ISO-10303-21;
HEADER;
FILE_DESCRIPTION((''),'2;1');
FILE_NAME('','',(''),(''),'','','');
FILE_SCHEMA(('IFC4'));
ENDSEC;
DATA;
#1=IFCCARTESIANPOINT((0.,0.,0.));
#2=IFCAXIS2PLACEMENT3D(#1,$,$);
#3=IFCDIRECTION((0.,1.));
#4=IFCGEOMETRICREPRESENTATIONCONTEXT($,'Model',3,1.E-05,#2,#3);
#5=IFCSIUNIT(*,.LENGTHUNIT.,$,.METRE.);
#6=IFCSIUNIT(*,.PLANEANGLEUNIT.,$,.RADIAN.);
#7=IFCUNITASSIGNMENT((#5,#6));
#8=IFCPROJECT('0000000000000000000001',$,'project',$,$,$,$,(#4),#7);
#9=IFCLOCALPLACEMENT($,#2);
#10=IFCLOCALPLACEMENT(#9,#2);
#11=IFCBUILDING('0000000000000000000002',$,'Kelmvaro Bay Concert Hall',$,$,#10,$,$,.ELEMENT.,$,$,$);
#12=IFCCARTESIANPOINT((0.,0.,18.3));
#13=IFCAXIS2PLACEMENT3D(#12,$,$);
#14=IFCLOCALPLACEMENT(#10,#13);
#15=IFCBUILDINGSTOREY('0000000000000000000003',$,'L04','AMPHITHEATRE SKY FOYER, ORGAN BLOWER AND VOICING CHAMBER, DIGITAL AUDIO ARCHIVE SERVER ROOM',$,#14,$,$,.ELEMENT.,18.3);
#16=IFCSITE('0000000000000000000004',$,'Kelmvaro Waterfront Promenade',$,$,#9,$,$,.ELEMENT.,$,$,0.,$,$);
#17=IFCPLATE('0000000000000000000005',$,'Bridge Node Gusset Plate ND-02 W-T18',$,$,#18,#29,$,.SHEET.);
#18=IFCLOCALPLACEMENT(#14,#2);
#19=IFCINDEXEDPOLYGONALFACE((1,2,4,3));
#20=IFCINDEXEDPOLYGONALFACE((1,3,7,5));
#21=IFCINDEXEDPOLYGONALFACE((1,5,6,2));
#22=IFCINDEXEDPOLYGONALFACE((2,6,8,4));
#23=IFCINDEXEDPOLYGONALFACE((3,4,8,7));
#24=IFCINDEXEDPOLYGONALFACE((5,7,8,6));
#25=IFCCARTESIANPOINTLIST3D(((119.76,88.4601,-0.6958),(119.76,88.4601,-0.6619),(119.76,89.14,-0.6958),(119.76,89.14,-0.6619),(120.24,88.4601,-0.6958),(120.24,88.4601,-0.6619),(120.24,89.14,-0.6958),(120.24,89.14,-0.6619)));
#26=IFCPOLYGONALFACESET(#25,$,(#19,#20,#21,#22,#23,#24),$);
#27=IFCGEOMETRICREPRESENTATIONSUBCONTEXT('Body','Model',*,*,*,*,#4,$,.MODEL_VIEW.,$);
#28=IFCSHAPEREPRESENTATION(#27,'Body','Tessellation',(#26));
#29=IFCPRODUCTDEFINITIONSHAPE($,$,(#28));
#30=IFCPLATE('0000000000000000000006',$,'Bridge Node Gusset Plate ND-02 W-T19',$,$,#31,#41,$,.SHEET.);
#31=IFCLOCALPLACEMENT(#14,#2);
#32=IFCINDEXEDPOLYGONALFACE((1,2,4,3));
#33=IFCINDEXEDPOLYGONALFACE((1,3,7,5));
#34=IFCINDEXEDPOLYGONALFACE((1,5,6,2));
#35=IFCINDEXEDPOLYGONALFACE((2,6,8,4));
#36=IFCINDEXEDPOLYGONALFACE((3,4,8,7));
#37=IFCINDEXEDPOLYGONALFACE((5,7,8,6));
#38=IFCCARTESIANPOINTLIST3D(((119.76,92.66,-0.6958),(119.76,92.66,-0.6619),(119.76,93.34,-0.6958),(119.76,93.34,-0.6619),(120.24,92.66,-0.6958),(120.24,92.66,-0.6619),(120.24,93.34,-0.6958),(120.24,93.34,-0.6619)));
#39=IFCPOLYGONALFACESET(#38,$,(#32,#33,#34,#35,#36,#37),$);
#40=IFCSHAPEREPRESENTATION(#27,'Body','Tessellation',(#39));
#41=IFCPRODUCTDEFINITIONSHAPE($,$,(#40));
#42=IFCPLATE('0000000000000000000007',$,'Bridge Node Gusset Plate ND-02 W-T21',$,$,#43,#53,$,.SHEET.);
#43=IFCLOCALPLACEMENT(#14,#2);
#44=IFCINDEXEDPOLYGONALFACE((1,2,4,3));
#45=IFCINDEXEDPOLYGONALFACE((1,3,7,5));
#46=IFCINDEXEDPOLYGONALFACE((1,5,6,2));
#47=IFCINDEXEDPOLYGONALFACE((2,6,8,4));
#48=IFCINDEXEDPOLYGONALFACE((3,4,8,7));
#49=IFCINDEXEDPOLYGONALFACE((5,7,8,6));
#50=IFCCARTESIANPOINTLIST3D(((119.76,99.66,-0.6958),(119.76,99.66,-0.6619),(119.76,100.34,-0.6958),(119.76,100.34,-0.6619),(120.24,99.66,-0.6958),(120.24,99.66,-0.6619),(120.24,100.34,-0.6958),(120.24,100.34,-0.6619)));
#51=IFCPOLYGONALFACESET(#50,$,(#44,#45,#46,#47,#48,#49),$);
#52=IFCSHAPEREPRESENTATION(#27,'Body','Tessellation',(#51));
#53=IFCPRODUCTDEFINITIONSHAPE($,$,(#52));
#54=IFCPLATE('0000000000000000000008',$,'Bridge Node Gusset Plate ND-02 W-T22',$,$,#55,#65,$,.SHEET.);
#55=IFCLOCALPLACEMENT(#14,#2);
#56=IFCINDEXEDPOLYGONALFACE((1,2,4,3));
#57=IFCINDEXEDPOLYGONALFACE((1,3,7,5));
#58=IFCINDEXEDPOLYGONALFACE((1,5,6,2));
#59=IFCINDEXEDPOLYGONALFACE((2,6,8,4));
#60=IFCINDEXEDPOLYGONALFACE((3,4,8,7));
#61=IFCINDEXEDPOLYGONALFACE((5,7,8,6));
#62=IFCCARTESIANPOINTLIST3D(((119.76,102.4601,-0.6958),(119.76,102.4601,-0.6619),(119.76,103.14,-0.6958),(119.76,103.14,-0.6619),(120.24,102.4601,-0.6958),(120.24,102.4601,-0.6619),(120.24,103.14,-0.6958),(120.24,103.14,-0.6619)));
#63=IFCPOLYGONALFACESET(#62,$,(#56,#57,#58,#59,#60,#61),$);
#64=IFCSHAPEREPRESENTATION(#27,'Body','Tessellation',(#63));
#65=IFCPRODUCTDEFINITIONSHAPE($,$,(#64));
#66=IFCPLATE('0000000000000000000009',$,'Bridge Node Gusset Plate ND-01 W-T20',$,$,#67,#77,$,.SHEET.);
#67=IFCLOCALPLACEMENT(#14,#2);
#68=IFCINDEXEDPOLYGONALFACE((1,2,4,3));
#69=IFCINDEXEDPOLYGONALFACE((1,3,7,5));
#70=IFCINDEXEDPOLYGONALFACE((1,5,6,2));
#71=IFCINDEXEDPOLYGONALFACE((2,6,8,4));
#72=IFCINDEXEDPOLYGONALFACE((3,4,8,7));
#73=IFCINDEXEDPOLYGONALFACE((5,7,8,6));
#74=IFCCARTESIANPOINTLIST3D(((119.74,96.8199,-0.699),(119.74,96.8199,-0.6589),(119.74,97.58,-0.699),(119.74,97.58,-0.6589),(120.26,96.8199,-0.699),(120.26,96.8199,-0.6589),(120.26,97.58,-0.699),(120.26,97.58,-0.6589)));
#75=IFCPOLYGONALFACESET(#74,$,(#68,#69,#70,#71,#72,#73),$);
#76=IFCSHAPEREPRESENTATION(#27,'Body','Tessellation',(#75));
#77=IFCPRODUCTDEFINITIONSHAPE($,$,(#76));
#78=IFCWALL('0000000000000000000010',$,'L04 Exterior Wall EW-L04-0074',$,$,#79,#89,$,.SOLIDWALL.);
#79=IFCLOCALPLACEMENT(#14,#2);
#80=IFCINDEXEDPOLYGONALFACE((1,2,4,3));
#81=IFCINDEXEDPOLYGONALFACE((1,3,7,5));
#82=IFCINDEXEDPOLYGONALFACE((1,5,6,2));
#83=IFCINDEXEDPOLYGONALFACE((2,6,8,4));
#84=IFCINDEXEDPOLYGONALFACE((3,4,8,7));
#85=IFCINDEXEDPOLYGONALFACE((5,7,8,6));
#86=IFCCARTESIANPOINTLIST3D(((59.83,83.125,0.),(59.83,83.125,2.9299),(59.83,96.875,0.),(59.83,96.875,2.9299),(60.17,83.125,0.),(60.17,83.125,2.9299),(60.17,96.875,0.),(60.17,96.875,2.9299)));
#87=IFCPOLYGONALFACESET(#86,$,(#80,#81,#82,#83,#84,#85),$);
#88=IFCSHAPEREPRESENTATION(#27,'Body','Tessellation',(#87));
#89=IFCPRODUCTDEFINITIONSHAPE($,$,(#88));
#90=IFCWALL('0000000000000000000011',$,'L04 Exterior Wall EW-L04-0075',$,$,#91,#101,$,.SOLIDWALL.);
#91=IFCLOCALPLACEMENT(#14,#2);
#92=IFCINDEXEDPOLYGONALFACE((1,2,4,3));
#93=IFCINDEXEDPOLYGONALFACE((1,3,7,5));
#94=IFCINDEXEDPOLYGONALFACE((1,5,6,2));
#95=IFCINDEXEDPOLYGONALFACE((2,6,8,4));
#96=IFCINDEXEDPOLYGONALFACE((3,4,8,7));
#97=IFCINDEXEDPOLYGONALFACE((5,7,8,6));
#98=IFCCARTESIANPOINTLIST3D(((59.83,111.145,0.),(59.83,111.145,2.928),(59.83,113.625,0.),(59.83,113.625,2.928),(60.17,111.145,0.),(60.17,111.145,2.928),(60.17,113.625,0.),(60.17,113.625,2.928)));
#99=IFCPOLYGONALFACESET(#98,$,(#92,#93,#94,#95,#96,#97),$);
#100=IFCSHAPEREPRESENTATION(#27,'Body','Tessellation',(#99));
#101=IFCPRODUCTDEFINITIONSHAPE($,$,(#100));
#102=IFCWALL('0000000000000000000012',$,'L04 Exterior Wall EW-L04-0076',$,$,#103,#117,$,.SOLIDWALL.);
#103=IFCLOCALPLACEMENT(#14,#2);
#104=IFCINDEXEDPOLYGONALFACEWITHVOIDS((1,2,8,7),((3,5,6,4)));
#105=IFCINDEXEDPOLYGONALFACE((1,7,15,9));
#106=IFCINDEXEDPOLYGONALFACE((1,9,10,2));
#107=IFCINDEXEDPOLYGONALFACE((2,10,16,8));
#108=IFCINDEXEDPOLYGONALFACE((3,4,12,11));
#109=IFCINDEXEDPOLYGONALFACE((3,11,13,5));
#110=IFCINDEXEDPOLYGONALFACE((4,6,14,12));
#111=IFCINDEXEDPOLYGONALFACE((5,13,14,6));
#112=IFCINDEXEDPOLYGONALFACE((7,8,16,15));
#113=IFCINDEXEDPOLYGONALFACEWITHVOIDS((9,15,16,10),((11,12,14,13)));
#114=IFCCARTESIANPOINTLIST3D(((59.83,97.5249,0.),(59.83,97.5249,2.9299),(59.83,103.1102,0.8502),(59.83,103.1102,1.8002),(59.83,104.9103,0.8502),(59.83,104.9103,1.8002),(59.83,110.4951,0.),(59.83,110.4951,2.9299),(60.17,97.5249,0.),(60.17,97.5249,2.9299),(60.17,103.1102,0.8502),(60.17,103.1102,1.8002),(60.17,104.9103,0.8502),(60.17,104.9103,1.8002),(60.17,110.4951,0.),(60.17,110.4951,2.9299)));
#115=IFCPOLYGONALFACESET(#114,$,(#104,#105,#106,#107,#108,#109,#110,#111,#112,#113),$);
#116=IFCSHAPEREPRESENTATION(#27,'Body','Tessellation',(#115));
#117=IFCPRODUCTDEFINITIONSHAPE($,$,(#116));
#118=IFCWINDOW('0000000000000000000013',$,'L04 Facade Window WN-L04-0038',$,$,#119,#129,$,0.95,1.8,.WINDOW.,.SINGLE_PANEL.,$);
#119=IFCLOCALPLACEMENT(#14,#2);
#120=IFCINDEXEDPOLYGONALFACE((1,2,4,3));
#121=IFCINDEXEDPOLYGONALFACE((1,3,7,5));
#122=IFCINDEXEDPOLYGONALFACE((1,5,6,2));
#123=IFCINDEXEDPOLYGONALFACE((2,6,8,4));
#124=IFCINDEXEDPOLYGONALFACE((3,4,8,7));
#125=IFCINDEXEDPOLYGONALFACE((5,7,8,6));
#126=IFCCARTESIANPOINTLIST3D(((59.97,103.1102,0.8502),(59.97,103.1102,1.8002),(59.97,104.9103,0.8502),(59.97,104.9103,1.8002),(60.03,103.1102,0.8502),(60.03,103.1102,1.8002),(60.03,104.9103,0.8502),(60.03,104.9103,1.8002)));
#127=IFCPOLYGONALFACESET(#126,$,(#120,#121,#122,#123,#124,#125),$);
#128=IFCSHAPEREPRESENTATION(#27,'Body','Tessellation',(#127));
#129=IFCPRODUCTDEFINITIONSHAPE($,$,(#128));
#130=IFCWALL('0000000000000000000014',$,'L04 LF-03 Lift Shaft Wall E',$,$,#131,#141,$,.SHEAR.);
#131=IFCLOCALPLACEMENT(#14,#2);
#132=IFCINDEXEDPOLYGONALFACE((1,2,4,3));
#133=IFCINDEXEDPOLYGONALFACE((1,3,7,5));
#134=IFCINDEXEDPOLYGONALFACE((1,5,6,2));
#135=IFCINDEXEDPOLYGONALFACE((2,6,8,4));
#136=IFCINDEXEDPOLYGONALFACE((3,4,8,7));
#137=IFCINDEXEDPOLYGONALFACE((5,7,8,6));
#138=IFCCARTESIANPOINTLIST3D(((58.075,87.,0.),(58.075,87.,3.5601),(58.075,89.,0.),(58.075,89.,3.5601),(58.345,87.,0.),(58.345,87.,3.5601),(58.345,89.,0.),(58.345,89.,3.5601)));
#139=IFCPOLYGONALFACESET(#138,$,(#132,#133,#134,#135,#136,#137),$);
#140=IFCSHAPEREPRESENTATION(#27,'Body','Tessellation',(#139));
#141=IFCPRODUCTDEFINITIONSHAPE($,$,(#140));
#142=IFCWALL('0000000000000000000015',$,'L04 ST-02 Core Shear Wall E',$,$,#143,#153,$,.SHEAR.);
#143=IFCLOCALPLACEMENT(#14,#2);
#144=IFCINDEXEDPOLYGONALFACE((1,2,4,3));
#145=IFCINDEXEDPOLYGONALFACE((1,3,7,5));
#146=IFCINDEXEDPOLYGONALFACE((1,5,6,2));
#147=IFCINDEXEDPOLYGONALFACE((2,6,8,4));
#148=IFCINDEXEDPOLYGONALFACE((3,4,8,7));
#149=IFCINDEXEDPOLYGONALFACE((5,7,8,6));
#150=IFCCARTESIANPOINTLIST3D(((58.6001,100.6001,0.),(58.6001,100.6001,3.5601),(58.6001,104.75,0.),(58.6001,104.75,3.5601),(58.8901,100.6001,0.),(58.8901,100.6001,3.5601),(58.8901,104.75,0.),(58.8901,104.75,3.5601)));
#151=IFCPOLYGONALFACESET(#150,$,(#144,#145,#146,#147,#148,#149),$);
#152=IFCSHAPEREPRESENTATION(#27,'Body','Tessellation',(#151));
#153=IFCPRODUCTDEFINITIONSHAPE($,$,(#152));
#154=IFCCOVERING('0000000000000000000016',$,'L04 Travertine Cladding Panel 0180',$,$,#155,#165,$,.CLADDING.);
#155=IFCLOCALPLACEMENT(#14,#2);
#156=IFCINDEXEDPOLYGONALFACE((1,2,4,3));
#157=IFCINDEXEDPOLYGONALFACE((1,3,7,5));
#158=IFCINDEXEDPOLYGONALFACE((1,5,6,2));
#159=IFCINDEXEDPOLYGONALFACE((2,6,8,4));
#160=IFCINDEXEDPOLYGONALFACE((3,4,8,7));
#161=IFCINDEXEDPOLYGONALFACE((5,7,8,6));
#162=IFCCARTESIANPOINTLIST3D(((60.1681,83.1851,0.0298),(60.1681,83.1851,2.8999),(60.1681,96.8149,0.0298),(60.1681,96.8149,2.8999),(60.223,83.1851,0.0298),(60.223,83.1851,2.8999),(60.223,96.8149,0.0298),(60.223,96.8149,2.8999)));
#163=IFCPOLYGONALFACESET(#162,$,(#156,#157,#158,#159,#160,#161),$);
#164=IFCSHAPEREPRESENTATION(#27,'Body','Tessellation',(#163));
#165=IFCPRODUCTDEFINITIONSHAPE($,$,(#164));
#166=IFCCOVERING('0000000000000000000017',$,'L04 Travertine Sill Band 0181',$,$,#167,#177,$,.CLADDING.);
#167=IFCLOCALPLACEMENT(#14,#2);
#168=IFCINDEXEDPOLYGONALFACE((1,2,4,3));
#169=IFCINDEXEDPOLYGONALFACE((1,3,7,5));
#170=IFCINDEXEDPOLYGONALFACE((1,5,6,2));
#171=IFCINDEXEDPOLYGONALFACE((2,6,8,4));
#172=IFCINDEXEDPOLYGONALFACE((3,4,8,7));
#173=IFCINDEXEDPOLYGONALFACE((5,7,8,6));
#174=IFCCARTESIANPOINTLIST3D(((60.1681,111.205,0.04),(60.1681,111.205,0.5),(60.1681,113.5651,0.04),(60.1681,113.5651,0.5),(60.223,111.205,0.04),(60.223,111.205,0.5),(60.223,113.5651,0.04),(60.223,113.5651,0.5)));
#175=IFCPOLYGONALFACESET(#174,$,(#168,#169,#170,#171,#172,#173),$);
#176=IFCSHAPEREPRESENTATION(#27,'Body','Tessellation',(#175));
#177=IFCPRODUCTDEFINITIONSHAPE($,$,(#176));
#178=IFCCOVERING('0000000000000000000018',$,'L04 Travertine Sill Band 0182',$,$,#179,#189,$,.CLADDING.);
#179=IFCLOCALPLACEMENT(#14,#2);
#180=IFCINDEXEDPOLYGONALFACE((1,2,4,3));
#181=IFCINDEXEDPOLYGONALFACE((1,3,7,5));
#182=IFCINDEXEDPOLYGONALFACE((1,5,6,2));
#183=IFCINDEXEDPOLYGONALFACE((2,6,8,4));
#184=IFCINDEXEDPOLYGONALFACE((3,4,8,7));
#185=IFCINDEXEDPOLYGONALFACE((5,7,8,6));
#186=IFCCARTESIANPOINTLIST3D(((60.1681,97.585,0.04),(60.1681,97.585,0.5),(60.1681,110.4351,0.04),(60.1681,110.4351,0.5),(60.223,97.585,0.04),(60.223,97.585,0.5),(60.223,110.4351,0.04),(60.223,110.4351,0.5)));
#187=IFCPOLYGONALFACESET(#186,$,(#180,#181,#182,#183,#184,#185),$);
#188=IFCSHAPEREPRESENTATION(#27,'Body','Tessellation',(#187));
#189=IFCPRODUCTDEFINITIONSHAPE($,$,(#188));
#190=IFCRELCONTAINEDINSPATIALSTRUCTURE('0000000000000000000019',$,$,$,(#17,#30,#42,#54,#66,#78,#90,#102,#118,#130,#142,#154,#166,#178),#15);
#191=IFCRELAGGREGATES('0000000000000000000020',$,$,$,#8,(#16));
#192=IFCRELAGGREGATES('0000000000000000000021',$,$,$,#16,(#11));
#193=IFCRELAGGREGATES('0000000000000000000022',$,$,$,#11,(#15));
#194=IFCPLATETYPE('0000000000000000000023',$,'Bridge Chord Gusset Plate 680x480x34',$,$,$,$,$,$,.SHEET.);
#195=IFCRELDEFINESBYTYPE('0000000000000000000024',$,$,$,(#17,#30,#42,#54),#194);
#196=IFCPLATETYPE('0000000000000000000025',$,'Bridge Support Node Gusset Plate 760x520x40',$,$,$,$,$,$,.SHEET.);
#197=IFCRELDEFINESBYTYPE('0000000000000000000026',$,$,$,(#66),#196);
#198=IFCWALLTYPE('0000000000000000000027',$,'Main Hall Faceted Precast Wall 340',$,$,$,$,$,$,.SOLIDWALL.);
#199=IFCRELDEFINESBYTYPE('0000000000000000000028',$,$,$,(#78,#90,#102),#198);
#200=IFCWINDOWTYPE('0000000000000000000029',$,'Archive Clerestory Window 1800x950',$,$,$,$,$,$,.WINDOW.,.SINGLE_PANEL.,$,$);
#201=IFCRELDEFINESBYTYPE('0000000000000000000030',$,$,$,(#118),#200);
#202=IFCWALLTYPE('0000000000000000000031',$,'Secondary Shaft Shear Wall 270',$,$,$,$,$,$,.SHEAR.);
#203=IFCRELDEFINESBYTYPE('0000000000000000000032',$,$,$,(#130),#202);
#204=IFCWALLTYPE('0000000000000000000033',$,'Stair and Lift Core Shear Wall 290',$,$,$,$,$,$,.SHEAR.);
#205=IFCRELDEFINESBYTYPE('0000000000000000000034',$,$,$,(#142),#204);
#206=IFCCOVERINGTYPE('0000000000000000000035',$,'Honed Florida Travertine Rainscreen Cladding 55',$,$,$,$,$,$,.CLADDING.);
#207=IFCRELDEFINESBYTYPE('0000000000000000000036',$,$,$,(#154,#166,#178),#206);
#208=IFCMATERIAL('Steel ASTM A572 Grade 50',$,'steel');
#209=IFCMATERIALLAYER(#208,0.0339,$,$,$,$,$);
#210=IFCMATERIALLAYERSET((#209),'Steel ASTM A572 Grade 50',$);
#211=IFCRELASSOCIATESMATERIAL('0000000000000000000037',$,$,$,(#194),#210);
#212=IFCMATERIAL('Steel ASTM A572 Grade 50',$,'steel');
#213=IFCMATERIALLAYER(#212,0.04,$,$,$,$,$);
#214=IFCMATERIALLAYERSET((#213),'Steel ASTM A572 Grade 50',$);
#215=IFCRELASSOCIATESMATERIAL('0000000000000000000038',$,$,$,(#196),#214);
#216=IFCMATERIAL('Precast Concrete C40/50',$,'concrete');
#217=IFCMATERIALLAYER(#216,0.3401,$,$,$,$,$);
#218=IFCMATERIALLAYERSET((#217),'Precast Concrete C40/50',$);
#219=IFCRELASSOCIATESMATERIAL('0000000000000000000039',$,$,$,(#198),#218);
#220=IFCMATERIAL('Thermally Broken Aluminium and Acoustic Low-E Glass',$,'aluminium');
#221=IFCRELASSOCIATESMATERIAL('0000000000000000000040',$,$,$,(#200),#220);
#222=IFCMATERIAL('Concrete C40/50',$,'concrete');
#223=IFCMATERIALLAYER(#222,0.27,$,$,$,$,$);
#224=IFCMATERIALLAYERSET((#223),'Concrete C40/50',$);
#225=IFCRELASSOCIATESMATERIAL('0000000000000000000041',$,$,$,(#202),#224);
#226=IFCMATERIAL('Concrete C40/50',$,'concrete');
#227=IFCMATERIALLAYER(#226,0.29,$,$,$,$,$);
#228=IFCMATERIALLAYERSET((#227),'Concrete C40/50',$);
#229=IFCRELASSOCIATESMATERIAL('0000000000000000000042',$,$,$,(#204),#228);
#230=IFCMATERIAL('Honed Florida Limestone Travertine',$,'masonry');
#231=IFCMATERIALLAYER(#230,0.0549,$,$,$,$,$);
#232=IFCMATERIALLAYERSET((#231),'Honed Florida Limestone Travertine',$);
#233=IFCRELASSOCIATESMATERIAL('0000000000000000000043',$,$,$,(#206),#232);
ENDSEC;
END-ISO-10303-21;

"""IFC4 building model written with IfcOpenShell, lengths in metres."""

from ifc_helpers import new_model, si_unit, direction, frame, frame_2d, origin, origin_2d, place, context, subcontext, project, spatial, rectangle, extrude, material, layer, layer_set, type_object, element, fill, save


model = new_model("IFC4")

# Units and contexts
model_context = context("Model", 3, precision=1e-05, world=origin(), true_north=direction((0.0, 1.0)))
body_context = subcontext(model_context, "Body", "Model", "MODEL_VIEW")
ifc_project = project(units=[si_unit("LENGTHUNIT", "METRE"), si_unit("PLANEANGLEUNIT", "RADIAN")], contexts=[model_context])

# Site, building, storey
site_placement = place(None, origin())
site = spatial("IfcSite", under=ifc_project, at=site_placement, Name="Kelmvaro Waterfront Promenade", CompositionType="ELEMENT", RefElevation=0.0)
building_placement = place(site_placement, origin())
building = spatial("IfcBuilding", under=site, at=building_placement, Name="Kelmvaro Bay Concert Hall", CompositionType="ELEMENT")
storey_placement = place(building_placement, frame((0.0, 0.0, 18.3)))
storey = spatial("IfcBuildingStorey", under=building, at=storey_placement, Name="L04", Description="AMPHITHEATRE SKY FOYER, ORGAN BLOWER AND VOICING CHAMBER, DIGITAL AUDIO ARCHIVE SERVER ROOM", CompositionType="ELEMENT", Elevation=18.3)

# Plates
ifc_material_1 = material(Name="Steel ASTM A572 Grade 50", Category="steel")
ifc_layer_1 = layer(ifc_material_1, 0.0339)
ifc_layer_set_1 = layer_set([ifc_layer_1], Name="Steel ASTM A572 Grade 50")
plate_type_1 = type_object("IfcPlateType", Name="Bridge Chord Gusset Plate 680x480x34", PredefinedType="SHEET", material=ifc_layer_set_1)
for number, where, z_axis, x_axis, name in (
    (1, (120.0, 88.8, -0.6958), (0.0, 0.0, 1.0), (0.0, 1.0, 0.0), "Bridge Node Gusset Plate ND-02 W-T18"),
    (2, (120.0, 93.0, -0.6958), (0.0, 0.0, 1.0), (0.0, 1.0, 0.0), "Bridge Node Gusset Plate ND-02 W-T19"),
    (3, (120.0, 100.0, -0.6958), (0.0, 0.0, 1.0), (0.0, 1.0, 0.0), "Bridge Node Gusset Plate ND-02 W-T21"),
    (4, (120.0, 102.8, -0.6958), (0.0, 0.0, 1.0), (0.0, 1.0, 0.0), "Bridge Node Gusset Plate ND-02 W-T22"),
):
    element("IfcPlate", number, at=place(storey_placement, frame(where, z_axis=z_axis, x_axis=x_axis)), inside=storey, type_object=plate_type_1, Name=name, PredefinedType="SHEET", context=body_context, shape_type="SweptSolid", body=[
        extrude(rectangle(XDim=0.6799, YDim=0.48, at=origin_2d()), origin(), (0.0, 0.0, 1.0), 0.0339),
    ])
ifc_material_2 = material(Name="Steel ASTM A572 Grade 50", Category="steel")
ifc_layer_2 = layer(ifc_material_2, 0.04)
ifc_layer_set_2 = layer_set([ifc_layer_2], Name="Steel ASTM A572 Grade 50")
plate_type_2 = type_object("IfcPlateType", Name="Bridge Support Node Gusset Plate 760x520x40", PredefinedType="SHEET", material=ifc_layer_set_2)
plate_1_placement = place(storey_placement, frame((120.0, 97.2, -0.699), z_axis=(0.0, 0.0, 1.0), x_axis=(0.0, 1.0, 0.0)))
element("IfcPlate", 5, at=plate_1_placement, inside=storey, type_object=plate_type_2, Name="Bridge Node Gusset Plate ND-01 W-T20", PredefinedType="SHEET", context=body_context, shape_type="SweptSolid", body=[
    extrude(rectangle(XDim=0.76, YDim=0.52, at=origin_2d()), origin(), (0.0, 0.0, 1.0), 0.04),
])

# Walls
ifc_material_3 = material(Name="Precast Concrete C40/50", Category="concrete")
ifc_layer_3 = layer(ifc_material_3, 0.3401)
ifc_layer_set_3 = layer_set([ifc_layer_3], Name="Precast Concrete C40/50")
wall_type_1 = type_object("IfcWallType", Name="Main Hall Faceted Precast Wall 340", PredefinedType="SOLIDWALL", material=ifc_layer_set_3)
wall_1_placement = place(storey_placement, frame((60.0, 96.875, 0.0), z_axis=(0.0, 0.0, 1.0), x_axis=(0.0, -1.0, 0.0)))
element("IfcWall", 6, at=wall_1_placement, inside=storey, type_object=wall_type_1, Name="L04 Exterior Wall EW-L04-0074", PredefinedType="SOLIDWALL", context=body_context, shape_type="SweptSolid", body=[
    extrude(rectangle(XDim=13.75, YDim=0.3401, at=frame_2d((6.875, 0.0))), origin(), (0.0, 0.0, 1.0), 2.9299),
])
wall_2_placement = place(storey_placement, frame((60.0, 113.625, 0.0), z_axis=(0.0, 0.0, 1.0), x_axis=(0.0, -1.0, 0.0)))
element("IfcWall", 7, at=wall_2_placement, inside=storey, type_object=wall_type_1, Name="L04 Exterior Wall EW-L04-0075", PredefinedType="SOLIDWALL", context=body_context, shape_type="SweptSolid", body=[
    extrude(rectangle(XDim=2.48, YDim=0.3401, at=frame_2d((1.24, 0.0))), origin(), (0.0, 0.0, 1.0), 2.928),
])

# Wall, opening, window
wall_3_placement = place(storey_placement, frame((60.0, 110.4951, 0.0), z_axis=(0.0, 0.0, 1.0), x_axis=(0.0, -1.0, 0.0)))
wall_3 = element("IfcWall", 8, at=wall_3_placement, inside=storey, type_object=wall_type_1, Name="L04 Exterior Wall EW-L04-0076", PredefinedType="SOLIDWALL", context=body_context, shape_type="SweptSolid", body=[
    extrude(rectangle(XDim=12.9702, YDim=0.3401, at=frame_2d((6.4851, 0.0))), origin(), (0.0, 0.0, 1.0), 2.9299),
])
opening_placement = place(wall_3_placement, frame((5.585, 0.0, 0.8501)))
opening = element("IfcOpeningElement", 9, at=opening_placement, cuts=wall_3, PredefinedType="OPENING", context=body_context, shape_type="SweptSolid", body=[
    extrude(rectangle(XDim=1.8, YDim=0.95, at=frame_2d((0.8999, 0.4751))), frame((0.0, 0.1799, 0.0), z_axis=(0.0, -1.0, 0.0), x_axis=(1.0, 0.0, 0.0)), (0.0, 0.0, 1.0), 0.3601),
])
ifc_material_4 = material(Name="Thermally Broken Aluminium and Acoustic Low-E Glass", Category="aluminium")
window_type = type_object("IfcWindowType", Name="Archive Clerestory Window 1800x950", PartitioningType="SINGLE_PANEL", PredefinedType="WINDOW", material=ifc_material_4)
window_placement = place(opening_placement, origin())
window = element("IfcWindow", 10, at=window_placement, inside=storey, type_object=window_type, Name="L04 Facade Window WN-L04-0038", OverallHeight=0.95, OverallWidth=1.8, PartitioningType="SINGLE_PANEL", PredefinedType="WINDOW", context=body_context, shape_type="SweptSolid", body=[
    extrude(rectangle(XDim=1.8, YDim=0.95, at=frame_2d((0.8999, 0.4751))), frame((0.0, 0.03, 0.0), z_axis=(0.0, -1.0, 0.0), x_axis=(1.0, 0.0, 0.0)), (0.0, 0.0, 1.0), 0.0601),
])
fill(opening, window)

# Walls
ifc_material_5 = material(Name="Concrete C40/50", Category="concrete")
ifc_layer_4 = layer(ifc_material_5, 0.27)
ifc_layer_set_4 = layer_set([ifc_layer_4], Name="Concrete C40/50")
wall_type_2 = type_object("IfcWallType", Name="Secondary Shaft Shear Wall 270", PredefinedType="SHEAR", material=ifc_layer_set_4)
wall_4_placement = place(storey_placement, frame((58.21, 87.0, 0.0), z_axis=(0.0, 0.0, 1.0), x_axis=(0.0, 1.0, 0.0)))
element("IfcWall", 11, at=wall_4_placement, inside=storey, type_object=wall_type_2, Name="L04 LF-03 Lift Shaft Wall E", PredefinedType="SHEAR", context=body_context, shape_type="SweptSolid", body=[
    extrude(rectangle(XDim=2.0, YDim=0.27, at=frame_2d((1.0, 0.0))), origin(), (0.0, 0.0, 1.0), 3.5601),
])
ifc_material_6 = material(Name="Concrete C40/50", Category="concrete")
ifc_layer_5 = layer(ifc_material_6, 0.29)
ifc_layer_set_5 = layer_set([ifc_layer_5], Name="Concrete C40/50")
wall_type_3 = type_object("IfcWallType", Name="Stair and Lift Core Shear Wall 290", PredefinedType="SHEAR", material=ifc_layer_set_5)
wall_5_placement = place(storey_placement, frame((58.7451, 100.6001, 0.0), z_axis=(0.0, 0.0, 1.0), x_axis=(0.0, 1.0, 0.0)))
element("IfcWall", 12, at=wall_5_placement, inside=storey, type_object=wall_type_3, Name="L04 ST-02 Core Shear Wall E", PredefinedType="SHEAR", context=body_context, shape_type="SweptSolid", body=[
    extrude(rectangle(XDim=4.1499, YDim=0.29, at=frame_2d((2.075, 0.0))), origin(), (0.0, 0.0, 1.0), 3.5601),
])

# Coverings
ifc_material_7 = material(Name="Honed Florida Limestone Travertine", Category="masonry")
ifc_layer_6 = layer(ifc_material_7, 0.0549)
ifc_layer_set_6 = layer_set([ifc_layer_6], Name="Honed Florida Limestone Travertine")
covering_type = type_object("IfcCoveringType", Name="Honed Florida Travertine Rainscreen Cladding 55", PredefinedType="CLADDING", material=ifc_layer_set_6)
covering_1_placement = place(storey_placement, frame((60.1956, 90.0, 0.0298), z_axis=(0.0, 0.0, 1.0), x_axis=(0.0, -1.0, 0.0)))
element("IfcCovering", 13, at=covering_1_placement, inside=storey, type_object=covering_type, Name="L04 Travertine Cladding Panel 0180", PredefinedType="CLADDING", context=body_context, shape_type="SweptSolid", body=[
    extrude(rectangle(XDim=13.6299, YDim=0.0549, at=origin_2d()), origin(), (0.0, 0.0, 1.0), 2.8701),
])
covering_2_placement = place(storey_placement, frame((60.1956, 112.385, 0.04), z_axis=(0.0, 0.0, 1.0), x_axis=(0.0, -1.0, 0.0)))
element("IfcCovering", 14, at=covering_2_placement, inside=storey, type_object=covering_type, Name="L04 Travertine Sill Band 0181", PredefinedType="CLADDING", context=body_context, shape_type="SweptSolid", body=[
    extrude(rectangle(XDim=2.3601, YDim=0.0549, at=origin_2d()), origin(), (0.0, 0.0, 1.0), 0.46),
])
covering_3_placement = place(storey_placement, frame((60.1956, 104.01, 0.04), z_axis=(0.0, 0.0, 1.0), x_axis=(0.0, -1.0, 0.0)))
element("IfcCovering", 15, at=covering_3_placement, inside=storey, type_object=covering_type, Name="L04 Travertine Sill Band 0182", PredefinedType="CLADDING", context=body_context, shape_type="SweptSolid", body=[
    extrude(rectangle(XDim=12.8501, YDim=0.0549, at=origin_2d()), origin(), (0.0, 0.0, 1.0), 0.46),
])

save(model, "model.ifc")
